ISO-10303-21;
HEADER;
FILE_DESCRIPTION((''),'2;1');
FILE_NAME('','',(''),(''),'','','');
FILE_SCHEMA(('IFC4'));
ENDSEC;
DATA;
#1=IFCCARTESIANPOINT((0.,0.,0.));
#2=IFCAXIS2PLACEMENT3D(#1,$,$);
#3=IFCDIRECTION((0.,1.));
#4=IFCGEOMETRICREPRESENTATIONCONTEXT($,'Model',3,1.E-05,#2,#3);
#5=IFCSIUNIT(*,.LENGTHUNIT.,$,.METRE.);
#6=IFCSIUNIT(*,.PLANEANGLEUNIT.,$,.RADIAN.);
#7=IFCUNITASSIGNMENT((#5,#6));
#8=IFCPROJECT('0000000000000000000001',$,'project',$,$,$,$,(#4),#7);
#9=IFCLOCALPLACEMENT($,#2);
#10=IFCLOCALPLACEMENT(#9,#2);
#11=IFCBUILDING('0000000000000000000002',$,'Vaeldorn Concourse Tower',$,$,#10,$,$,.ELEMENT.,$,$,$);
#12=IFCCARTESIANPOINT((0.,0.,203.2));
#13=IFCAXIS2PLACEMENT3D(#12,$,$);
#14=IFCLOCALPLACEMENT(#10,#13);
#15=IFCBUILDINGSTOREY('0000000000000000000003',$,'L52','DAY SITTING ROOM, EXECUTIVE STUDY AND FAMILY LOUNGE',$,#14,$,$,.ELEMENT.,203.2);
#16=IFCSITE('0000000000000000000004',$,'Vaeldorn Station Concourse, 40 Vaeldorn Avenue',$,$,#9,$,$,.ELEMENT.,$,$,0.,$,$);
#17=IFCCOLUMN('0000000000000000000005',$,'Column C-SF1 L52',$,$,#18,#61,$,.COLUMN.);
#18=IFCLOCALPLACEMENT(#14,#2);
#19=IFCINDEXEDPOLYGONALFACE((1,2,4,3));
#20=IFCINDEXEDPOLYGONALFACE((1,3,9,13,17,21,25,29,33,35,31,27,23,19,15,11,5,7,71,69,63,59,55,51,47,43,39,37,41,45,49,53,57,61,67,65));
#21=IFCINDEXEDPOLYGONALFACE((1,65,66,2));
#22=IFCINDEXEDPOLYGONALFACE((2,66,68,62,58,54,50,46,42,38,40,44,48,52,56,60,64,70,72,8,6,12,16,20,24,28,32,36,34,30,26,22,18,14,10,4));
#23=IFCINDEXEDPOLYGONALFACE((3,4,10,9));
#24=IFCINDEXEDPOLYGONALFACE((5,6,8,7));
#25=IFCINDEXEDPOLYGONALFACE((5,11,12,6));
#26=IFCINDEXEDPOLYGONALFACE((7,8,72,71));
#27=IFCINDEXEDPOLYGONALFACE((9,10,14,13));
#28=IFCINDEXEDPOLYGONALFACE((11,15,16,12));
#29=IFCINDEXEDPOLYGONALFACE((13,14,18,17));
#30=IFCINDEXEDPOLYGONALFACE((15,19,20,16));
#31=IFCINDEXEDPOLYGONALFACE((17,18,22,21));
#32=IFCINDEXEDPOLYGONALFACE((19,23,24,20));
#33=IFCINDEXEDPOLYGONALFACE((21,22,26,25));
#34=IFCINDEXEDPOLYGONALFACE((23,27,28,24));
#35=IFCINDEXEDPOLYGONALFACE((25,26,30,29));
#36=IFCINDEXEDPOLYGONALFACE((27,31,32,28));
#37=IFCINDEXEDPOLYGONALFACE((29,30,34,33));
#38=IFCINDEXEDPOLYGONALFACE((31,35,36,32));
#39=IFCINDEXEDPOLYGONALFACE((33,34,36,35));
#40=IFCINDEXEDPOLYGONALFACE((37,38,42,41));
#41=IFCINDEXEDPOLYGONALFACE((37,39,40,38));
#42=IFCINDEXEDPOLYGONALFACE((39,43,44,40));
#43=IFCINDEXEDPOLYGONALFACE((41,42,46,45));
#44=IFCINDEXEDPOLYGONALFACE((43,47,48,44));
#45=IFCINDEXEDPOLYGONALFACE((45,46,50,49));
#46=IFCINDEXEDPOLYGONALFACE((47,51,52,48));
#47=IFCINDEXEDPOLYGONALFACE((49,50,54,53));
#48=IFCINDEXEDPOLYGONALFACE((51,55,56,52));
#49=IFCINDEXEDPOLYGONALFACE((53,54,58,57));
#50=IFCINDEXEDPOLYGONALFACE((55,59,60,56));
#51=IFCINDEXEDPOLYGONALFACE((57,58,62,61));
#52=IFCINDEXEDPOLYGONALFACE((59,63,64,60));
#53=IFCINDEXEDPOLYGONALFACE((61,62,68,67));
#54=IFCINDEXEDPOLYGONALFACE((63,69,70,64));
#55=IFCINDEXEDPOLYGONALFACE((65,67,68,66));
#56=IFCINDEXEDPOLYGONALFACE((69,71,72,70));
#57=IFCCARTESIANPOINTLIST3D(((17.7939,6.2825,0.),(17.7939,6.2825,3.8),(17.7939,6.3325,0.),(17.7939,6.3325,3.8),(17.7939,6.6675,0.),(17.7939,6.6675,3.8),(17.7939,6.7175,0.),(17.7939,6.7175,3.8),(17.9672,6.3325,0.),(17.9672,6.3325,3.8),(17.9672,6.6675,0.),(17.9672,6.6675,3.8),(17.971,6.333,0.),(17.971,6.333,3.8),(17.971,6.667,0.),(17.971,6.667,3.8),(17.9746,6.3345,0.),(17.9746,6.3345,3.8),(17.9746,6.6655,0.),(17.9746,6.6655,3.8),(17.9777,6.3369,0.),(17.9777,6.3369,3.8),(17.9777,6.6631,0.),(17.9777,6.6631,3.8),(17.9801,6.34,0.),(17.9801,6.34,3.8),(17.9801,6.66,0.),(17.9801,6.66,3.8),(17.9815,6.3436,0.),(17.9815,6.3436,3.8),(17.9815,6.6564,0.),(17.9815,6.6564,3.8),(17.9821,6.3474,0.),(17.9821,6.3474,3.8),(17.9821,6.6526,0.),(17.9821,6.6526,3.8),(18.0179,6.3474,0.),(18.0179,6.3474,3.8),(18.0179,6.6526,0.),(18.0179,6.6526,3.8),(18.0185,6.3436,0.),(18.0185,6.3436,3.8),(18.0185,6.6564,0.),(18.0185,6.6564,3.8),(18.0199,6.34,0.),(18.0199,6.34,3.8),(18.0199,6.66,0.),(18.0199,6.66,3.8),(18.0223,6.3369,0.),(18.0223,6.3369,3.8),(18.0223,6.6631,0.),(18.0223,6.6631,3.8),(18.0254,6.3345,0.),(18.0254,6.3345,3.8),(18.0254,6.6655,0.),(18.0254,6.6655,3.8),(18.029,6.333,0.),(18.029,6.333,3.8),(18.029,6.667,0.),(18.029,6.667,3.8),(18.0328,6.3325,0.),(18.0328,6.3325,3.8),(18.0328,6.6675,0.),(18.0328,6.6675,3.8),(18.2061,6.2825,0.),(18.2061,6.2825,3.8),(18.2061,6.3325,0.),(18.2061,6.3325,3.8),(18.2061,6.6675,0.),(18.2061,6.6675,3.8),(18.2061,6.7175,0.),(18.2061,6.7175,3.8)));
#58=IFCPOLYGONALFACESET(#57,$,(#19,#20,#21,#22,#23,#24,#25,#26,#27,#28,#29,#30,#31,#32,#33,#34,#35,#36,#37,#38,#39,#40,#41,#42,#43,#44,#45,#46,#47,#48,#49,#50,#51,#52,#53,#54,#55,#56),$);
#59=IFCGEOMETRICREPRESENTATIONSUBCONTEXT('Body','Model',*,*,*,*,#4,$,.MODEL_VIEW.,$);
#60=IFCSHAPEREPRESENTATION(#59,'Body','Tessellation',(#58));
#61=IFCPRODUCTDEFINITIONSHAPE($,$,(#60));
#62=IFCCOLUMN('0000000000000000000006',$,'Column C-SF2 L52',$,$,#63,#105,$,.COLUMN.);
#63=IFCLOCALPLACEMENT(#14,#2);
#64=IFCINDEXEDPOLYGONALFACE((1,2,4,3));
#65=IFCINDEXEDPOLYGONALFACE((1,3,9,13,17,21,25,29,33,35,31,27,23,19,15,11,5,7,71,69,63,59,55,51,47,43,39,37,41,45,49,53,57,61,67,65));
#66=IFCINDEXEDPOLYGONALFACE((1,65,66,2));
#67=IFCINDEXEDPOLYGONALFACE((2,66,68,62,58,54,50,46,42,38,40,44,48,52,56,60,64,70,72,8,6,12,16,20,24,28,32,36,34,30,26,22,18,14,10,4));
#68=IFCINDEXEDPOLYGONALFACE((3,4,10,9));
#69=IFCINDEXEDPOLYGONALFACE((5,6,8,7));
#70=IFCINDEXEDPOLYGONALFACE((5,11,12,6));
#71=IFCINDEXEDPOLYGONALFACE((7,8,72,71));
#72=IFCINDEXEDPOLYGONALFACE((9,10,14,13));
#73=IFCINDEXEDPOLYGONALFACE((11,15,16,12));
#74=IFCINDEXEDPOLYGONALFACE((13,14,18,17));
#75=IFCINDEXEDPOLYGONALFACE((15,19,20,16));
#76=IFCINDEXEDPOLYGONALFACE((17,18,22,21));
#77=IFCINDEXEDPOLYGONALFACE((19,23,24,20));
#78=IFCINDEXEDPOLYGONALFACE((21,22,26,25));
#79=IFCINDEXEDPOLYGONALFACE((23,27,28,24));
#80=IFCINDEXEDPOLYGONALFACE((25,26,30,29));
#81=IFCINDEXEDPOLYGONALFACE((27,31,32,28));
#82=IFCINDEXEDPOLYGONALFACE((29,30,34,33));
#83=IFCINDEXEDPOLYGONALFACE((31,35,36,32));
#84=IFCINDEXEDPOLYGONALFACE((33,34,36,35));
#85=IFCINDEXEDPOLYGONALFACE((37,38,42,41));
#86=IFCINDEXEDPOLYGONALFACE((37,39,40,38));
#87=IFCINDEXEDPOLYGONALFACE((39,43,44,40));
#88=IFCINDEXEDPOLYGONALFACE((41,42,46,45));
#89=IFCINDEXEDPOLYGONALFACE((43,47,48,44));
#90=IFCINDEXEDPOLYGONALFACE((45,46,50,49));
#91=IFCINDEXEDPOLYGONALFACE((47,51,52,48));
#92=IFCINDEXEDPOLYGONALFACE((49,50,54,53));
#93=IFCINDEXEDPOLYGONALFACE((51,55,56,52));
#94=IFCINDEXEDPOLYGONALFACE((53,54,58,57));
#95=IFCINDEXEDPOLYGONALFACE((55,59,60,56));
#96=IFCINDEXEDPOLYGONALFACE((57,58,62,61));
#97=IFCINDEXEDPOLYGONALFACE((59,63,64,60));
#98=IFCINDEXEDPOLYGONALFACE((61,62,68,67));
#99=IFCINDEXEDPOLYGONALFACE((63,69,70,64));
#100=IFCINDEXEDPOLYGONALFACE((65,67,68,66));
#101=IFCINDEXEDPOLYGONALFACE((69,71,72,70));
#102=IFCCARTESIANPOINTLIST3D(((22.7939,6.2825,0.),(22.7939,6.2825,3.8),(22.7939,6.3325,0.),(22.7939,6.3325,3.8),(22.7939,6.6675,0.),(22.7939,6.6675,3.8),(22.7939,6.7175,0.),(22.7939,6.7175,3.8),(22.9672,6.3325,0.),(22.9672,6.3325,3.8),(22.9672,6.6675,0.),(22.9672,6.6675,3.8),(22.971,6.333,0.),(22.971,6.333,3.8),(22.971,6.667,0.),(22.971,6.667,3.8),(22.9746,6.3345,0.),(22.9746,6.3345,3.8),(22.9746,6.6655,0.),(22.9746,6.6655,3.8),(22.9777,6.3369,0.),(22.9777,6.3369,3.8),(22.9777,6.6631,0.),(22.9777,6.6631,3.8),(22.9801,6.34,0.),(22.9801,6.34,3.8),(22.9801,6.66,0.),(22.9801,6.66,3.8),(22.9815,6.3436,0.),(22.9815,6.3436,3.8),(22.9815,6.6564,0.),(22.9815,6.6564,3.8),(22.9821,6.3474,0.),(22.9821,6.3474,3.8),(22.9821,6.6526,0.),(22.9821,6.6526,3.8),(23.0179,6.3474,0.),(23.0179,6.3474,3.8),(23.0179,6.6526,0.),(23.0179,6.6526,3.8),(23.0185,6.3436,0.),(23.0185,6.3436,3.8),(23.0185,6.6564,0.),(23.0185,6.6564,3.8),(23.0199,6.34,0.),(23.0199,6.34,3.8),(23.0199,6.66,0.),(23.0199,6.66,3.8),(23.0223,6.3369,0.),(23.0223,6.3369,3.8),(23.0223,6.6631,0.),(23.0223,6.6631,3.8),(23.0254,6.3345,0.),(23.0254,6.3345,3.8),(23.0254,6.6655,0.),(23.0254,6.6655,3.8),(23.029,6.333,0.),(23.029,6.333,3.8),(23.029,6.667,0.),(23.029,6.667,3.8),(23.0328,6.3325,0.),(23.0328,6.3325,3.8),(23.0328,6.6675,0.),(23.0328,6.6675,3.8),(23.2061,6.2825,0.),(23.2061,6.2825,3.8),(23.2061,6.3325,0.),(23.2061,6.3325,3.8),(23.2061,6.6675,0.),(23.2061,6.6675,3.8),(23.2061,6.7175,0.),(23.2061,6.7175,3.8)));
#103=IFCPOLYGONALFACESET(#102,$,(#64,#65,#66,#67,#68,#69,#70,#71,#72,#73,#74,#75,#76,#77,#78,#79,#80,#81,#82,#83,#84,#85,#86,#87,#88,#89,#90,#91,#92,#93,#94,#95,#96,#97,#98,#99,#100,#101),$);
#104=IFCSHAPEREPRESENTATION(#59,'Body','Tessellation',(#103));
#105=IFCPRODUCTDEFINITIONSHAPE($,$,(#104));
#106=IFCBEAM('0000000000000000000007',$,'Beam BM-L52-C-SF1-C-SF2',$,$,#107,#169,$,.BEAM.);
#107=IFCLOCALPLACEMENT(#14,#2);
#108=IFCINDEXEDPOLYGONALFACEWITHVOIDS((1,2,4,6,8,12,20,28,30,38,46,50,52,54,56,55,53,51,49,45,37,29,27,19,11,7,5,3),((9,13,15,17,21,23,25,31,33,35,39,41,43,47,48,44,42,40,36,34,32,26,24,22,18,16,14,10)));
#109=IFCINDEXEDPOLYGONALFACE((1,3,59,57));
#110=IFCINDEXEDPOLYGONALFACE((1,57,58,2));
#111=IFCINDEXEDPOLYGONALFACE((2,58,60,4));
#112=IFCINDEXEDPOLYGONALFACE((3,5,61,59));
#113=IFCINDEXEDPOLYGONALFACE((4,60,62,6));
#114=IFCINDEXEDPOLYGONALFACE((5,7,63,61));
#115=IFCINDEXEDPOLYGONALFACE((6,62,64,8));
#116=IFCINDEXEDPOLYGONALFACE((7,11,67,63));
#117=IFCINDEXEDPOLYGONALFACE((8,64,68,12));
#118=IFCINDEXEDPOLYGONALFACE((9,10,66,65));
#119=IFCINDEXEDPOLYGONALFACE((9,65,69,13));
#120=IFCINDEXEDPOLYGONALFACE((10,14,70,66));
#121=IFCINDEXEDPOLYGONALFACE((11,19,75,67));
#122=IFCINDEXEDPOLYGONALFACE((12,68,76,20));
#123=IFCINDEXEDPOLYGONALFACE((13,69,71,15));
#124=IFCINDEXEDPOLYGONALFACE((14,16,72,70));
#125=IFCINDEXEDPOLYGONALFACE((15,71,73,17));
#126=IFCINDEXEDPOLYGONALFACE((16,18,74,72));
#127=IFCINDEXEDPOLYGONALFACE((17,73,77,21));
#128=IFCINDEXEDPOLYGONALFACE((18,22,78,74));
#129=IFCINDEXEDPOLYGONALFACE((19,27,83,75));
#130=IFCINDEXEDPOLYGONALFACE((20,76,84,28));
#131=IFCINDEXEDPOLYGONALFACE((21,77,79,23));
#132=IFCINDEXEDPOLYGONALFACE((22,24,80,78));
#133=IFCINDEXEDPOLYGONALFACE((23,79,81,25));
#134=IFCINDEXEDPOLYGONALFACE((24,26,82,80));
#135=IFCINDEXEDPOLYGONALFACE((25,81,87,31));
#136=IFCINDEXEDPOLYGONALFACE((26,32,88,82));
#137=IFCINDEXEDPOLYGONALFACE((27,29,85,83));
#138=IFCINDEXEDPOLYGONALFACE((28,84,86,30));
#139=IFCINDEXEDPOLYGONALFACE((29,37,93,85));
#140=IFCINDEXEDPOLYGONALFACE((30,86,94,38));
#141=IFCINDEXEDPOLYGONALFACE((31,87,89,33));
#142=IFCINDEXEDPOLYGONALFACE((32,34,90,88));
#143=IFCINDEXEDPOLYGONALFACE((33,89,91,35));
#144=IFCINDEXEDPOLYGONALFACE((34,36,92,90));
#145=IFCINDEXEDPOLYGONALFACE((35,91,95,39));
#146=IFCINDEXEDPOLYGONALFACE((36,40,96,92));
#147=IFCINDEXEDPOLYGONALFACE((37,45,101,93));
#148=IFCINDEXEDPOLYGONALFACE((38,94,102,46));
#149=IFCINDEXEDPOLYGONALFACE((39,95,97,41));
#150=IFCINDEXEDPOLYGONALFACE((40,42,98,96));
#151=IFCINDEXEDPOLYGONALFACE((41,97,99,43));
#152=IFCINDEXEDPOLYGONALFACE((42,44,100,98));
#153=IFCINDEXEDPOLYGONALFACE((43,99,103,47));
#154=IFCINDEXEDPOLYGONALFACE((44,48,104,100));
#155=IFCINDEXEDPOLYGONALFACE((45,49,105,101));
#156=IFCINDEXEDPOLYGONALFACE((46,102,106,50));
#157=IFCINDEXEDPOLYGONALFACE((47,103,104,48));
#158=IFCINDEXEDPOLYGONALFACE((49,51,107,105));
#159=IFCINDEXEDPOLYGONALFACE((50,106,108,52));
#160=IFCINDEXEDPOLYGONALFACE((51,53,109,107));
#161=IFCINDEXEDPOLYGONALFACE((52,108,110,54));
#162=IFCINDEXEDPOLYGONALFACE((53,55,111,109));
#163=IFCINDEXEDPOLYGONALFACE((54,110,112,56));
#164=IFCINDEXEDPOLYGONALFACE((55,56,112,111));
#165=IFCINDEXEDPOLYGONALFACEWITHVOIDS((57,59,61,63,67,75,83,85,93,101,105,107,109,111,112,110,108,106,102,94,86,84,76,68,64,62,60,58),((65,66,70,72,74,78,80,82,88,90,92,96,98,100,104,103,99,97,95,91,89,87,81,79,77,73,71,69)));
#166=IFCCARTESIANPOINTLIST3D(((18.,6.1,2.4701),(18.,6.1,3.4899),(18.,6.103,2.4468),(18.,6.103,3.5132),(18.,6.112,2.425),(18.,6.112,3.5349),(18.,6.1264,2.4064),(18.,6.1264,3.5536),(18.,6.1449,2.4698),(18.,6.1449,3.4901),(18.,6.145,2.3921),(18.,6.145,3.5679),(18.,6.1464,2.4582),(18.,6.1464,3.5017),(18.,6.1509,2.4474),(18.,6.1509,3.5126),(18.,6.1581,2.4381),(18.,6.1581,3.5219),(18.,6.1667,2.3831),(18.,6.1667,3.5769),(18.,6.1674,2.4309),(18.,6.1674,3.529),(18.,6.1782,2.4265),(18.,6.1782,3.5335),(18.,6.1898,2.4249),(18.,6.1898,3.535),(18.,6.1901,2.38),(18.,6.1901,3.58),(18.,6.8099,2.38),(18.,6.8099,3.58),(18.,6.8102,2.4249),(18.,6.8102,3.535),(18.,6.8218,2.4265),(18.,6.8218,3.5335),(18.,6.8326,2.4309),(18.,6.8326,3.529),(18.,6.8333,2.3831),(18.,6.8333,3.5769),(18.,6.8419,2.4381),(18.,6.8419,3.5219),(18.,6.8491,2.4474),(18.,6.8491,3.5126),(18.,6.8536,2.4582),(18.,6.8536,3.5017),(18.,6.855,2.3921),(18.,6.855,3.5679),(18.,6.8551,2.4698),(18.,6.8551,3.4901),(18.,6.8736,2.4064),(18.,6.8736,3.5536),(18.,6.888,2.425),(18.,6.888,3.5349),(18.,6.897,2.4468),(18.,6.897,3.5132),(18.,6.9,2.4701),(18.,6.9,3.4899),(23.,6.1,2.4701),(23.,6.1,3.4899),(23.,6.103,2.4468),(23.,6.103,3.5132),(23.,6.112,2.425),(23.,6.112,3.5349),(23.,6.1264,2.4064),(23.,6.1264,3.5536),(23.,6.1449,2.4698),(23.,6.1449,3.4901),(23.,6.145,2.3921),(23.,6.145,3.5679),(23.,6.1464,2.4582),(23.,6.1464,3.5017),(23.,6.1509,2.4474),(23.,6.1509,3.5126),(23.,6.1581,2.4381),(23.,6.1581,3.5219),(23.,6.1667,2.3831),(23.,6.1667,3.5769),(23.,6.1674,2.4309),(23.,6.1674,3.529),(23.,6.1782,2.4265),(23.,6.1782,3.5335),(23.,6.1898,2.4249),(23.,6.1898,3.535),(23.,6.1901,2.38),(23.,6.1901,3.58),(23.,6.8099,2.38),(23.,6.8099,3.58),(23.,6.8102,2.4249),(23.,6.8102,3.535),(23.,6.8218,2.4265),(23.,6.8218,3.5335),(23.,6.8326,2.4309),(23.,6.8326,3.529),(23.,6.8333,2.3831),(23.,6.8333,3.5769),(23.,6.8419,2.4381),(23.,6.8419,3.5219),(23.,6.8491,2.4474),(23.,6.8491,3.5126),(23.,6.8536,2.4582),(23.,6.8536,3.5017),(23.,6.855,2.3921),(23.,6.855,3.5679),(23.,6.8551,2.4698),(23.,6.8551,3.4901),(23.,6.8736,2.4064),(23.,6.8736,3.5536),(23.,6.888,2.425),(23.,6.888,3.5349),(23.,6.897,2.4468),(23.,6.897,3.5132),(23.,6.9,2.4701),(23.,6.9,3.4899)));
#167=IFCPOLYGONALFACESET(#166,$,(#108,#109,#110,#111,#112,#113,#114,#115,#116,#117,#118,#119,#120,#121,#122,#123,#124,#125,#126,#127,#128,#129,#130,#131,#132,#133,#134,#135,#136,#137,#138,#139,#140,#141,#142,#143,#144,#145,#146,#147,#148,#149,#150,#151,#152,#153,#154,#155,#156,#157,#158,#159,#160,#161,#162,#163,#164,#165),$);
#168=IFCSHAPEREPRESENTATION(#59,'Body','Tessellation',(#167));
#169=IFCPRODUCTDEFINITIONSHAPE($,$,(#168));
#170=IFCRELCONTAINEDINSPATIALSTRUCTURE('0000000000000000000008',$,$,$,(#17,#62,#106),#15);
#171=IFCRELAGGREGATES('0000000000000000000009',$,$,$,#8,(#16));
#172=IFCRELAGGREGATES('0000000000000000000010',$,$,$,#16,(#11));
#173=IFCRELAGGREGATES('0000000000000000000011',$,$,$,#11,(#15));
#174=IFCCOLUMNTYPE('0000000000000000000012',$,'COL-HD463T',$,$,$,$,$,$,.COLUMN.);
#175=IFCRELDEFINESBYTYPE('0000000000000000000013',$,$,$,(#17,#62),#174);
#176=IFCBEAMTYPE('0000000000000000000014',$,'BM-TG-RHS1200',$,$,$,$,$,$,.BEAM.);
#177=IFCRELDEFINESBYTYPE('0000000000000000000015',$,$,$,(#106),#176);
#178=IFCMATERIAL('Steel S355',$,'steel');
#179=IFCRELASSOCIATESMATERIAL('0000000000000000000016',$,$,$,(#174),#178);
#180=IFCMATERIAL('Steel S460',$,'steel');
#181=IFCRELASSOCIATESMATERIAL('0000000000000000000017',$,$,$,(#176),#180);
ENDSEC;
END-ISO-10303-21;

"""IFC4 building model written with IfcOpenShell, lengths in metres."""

from ifc_helpers import new_model, si_unit, direction, frame, origin, origin_2d, place, context, subcontext, project, spatial, hollow_rectangle, i_section, extrude, source, transform, mapped, material, material_profile, profile_set, type_object, element, save


model = new_model("IFC4")

# Units and contexts
model_context = context("Model", 3, precision=1e-05, world=origin(), true_north=direction((0.0, 1.0)))
body_context = subcontext(model_context, "Body", "Model", "MODEL_VIEW")
ifc_project = project(units=[si_unit("LENGTHUNIT", "METRE"), si_unit("PLANEANGLEUNIT", "RADIAN")], contexts=[model_context])

# Site, building, storey
site_placement = place(None, origin())
site = spatial("IfcSite", under=ifc_project, at=site_placement, Name="Vaeldorn Station Concourse, 40 Vaeldorn Avenue", CompositionType="ELEMENT", RefElevation=0.0)
building_placement = place(site_placement, origin())
building = spatial("IfcBuilding", under=site, at=building_placement, Name="Vaeldorn Concourse Tower", CompositionType="ELEMENT")
storey_placement = place(building_placement, frame((0.0, 0.0, 203.2)))
storey = spatial("IfcBuildingStorey", under=building, at=storey_placement, Name="L52", Description="DAY SITTING ROOM, EXECUTIVE STUDY AND FAMILY LOUNGE", CompositionType="ELEMENT", Elevation=203.2)

# Columns
ifc_material_1 = material(Name="Steel S355", Category="steel")
ifc_material_profile_1 = material_profile(ifc_material_1, i_section(OverallWidth=0.4121, OverallDepth=0.4351, WebThickness=0.0359, FlangeThickness=0.05, FilletRadius=0.0149, at=origin_2d()), Name="HD 400x463")
ifc_profile_set_1 = profile_set([ifc_material_profile_1], Name="Steel S355")
column_type = type_object("IfcColumnType", Name="COL-HD463T", PredefinedType="COLUMN", material=ifc_profile_set_1)
shared_shape_1 = source(origin(), body_context, "Body", "SweptSolid", [
    extrude(i_section(OverallWidth=0.4121, OverallDepth=0.4351, WebThickness=0.0359, FlangeThickness=0.05, FilletRadius=0.0149, at=origin_2d()), origin(), (0.0, 0.0, 1.0), 3.8),
])
for number, where, z_axis, x_axis, name in (
    (1, (18.0, 6.5, 0.0), (0.0, 0.0, 1.0), (1.0, 0.0, 0.0), "Column C-SF1 L52"),
    (2, (23.0, 6.5, 0.0), (0.0, 0.0, 1.0), (1.0, 0.0, 0.0), "Column C-SF2 L52"),
):
    element("IfcColumn", number, at=place(storey_placement, frame(where, z_axis=z_axis, x_axis=x_axis)), inside=storey, type_object=column_type, Name=name, PredefinedType="COLUMN", context=body_context, shape_type="MappedRepresentation", body=[
        mapped(shared_shape_1, transform((0.0, 0.0, 0.0), scale=1.0)),
    ])

# Beam
ifc_material_2 = material(Name="Steel S460", Category="steel")
ifc_material_profile_2 = material_profile(ifc_material_2, hollow_rectangle(XDim=0.8, YDim=1.2, WallThickness=0.0449, InnerFilletRadius=0.0449, OuterFilletRadius=0.0901, at=origin_2d()), Name="RHS 1200x800x45")
ifc_profile_set_2 = profile_set([ifc_material_profile_2], Name="Steel S460")
beam_type_1 = type_object("IfcBeamType", Name="BM-TG-RHS1200", PredefinedType="BEAM", material=ifc_profile_set_2)
shared_shape_2 = source(origin(), body_context, "Body", "SweptSolid", [
    extrude(hollow_rectangle(XDim=0.8, YDim=1.2, WallThickness=0.0449, InnerFilletRadius=0.0449, OuterFilletRadius=0.0901, at=origin_2d()), origin(), (0.0, 0.0, 1.0), 5.0),
])
beam_1_placement = place(storey_placement, frame((18.0, 6.5, 2.98), z_axis=(1.0, 0.0, 0.0), x_axis=(0.0, 1.0, 0.0)))
element("IfcBeam", 3, at=beam_1_placement, inside=storey, type_object=beam_type_1, Name="Beam BM-L52-C-SF1-C-SF2", PredefinedType="BEAM", context=body_context, shape_type="MappedRepresentation", body=[
    mapped(shared_shape_2, transform((0.0, 0.0, 0.0), scale=1.0)),
])

save(model, "model.ifc")
